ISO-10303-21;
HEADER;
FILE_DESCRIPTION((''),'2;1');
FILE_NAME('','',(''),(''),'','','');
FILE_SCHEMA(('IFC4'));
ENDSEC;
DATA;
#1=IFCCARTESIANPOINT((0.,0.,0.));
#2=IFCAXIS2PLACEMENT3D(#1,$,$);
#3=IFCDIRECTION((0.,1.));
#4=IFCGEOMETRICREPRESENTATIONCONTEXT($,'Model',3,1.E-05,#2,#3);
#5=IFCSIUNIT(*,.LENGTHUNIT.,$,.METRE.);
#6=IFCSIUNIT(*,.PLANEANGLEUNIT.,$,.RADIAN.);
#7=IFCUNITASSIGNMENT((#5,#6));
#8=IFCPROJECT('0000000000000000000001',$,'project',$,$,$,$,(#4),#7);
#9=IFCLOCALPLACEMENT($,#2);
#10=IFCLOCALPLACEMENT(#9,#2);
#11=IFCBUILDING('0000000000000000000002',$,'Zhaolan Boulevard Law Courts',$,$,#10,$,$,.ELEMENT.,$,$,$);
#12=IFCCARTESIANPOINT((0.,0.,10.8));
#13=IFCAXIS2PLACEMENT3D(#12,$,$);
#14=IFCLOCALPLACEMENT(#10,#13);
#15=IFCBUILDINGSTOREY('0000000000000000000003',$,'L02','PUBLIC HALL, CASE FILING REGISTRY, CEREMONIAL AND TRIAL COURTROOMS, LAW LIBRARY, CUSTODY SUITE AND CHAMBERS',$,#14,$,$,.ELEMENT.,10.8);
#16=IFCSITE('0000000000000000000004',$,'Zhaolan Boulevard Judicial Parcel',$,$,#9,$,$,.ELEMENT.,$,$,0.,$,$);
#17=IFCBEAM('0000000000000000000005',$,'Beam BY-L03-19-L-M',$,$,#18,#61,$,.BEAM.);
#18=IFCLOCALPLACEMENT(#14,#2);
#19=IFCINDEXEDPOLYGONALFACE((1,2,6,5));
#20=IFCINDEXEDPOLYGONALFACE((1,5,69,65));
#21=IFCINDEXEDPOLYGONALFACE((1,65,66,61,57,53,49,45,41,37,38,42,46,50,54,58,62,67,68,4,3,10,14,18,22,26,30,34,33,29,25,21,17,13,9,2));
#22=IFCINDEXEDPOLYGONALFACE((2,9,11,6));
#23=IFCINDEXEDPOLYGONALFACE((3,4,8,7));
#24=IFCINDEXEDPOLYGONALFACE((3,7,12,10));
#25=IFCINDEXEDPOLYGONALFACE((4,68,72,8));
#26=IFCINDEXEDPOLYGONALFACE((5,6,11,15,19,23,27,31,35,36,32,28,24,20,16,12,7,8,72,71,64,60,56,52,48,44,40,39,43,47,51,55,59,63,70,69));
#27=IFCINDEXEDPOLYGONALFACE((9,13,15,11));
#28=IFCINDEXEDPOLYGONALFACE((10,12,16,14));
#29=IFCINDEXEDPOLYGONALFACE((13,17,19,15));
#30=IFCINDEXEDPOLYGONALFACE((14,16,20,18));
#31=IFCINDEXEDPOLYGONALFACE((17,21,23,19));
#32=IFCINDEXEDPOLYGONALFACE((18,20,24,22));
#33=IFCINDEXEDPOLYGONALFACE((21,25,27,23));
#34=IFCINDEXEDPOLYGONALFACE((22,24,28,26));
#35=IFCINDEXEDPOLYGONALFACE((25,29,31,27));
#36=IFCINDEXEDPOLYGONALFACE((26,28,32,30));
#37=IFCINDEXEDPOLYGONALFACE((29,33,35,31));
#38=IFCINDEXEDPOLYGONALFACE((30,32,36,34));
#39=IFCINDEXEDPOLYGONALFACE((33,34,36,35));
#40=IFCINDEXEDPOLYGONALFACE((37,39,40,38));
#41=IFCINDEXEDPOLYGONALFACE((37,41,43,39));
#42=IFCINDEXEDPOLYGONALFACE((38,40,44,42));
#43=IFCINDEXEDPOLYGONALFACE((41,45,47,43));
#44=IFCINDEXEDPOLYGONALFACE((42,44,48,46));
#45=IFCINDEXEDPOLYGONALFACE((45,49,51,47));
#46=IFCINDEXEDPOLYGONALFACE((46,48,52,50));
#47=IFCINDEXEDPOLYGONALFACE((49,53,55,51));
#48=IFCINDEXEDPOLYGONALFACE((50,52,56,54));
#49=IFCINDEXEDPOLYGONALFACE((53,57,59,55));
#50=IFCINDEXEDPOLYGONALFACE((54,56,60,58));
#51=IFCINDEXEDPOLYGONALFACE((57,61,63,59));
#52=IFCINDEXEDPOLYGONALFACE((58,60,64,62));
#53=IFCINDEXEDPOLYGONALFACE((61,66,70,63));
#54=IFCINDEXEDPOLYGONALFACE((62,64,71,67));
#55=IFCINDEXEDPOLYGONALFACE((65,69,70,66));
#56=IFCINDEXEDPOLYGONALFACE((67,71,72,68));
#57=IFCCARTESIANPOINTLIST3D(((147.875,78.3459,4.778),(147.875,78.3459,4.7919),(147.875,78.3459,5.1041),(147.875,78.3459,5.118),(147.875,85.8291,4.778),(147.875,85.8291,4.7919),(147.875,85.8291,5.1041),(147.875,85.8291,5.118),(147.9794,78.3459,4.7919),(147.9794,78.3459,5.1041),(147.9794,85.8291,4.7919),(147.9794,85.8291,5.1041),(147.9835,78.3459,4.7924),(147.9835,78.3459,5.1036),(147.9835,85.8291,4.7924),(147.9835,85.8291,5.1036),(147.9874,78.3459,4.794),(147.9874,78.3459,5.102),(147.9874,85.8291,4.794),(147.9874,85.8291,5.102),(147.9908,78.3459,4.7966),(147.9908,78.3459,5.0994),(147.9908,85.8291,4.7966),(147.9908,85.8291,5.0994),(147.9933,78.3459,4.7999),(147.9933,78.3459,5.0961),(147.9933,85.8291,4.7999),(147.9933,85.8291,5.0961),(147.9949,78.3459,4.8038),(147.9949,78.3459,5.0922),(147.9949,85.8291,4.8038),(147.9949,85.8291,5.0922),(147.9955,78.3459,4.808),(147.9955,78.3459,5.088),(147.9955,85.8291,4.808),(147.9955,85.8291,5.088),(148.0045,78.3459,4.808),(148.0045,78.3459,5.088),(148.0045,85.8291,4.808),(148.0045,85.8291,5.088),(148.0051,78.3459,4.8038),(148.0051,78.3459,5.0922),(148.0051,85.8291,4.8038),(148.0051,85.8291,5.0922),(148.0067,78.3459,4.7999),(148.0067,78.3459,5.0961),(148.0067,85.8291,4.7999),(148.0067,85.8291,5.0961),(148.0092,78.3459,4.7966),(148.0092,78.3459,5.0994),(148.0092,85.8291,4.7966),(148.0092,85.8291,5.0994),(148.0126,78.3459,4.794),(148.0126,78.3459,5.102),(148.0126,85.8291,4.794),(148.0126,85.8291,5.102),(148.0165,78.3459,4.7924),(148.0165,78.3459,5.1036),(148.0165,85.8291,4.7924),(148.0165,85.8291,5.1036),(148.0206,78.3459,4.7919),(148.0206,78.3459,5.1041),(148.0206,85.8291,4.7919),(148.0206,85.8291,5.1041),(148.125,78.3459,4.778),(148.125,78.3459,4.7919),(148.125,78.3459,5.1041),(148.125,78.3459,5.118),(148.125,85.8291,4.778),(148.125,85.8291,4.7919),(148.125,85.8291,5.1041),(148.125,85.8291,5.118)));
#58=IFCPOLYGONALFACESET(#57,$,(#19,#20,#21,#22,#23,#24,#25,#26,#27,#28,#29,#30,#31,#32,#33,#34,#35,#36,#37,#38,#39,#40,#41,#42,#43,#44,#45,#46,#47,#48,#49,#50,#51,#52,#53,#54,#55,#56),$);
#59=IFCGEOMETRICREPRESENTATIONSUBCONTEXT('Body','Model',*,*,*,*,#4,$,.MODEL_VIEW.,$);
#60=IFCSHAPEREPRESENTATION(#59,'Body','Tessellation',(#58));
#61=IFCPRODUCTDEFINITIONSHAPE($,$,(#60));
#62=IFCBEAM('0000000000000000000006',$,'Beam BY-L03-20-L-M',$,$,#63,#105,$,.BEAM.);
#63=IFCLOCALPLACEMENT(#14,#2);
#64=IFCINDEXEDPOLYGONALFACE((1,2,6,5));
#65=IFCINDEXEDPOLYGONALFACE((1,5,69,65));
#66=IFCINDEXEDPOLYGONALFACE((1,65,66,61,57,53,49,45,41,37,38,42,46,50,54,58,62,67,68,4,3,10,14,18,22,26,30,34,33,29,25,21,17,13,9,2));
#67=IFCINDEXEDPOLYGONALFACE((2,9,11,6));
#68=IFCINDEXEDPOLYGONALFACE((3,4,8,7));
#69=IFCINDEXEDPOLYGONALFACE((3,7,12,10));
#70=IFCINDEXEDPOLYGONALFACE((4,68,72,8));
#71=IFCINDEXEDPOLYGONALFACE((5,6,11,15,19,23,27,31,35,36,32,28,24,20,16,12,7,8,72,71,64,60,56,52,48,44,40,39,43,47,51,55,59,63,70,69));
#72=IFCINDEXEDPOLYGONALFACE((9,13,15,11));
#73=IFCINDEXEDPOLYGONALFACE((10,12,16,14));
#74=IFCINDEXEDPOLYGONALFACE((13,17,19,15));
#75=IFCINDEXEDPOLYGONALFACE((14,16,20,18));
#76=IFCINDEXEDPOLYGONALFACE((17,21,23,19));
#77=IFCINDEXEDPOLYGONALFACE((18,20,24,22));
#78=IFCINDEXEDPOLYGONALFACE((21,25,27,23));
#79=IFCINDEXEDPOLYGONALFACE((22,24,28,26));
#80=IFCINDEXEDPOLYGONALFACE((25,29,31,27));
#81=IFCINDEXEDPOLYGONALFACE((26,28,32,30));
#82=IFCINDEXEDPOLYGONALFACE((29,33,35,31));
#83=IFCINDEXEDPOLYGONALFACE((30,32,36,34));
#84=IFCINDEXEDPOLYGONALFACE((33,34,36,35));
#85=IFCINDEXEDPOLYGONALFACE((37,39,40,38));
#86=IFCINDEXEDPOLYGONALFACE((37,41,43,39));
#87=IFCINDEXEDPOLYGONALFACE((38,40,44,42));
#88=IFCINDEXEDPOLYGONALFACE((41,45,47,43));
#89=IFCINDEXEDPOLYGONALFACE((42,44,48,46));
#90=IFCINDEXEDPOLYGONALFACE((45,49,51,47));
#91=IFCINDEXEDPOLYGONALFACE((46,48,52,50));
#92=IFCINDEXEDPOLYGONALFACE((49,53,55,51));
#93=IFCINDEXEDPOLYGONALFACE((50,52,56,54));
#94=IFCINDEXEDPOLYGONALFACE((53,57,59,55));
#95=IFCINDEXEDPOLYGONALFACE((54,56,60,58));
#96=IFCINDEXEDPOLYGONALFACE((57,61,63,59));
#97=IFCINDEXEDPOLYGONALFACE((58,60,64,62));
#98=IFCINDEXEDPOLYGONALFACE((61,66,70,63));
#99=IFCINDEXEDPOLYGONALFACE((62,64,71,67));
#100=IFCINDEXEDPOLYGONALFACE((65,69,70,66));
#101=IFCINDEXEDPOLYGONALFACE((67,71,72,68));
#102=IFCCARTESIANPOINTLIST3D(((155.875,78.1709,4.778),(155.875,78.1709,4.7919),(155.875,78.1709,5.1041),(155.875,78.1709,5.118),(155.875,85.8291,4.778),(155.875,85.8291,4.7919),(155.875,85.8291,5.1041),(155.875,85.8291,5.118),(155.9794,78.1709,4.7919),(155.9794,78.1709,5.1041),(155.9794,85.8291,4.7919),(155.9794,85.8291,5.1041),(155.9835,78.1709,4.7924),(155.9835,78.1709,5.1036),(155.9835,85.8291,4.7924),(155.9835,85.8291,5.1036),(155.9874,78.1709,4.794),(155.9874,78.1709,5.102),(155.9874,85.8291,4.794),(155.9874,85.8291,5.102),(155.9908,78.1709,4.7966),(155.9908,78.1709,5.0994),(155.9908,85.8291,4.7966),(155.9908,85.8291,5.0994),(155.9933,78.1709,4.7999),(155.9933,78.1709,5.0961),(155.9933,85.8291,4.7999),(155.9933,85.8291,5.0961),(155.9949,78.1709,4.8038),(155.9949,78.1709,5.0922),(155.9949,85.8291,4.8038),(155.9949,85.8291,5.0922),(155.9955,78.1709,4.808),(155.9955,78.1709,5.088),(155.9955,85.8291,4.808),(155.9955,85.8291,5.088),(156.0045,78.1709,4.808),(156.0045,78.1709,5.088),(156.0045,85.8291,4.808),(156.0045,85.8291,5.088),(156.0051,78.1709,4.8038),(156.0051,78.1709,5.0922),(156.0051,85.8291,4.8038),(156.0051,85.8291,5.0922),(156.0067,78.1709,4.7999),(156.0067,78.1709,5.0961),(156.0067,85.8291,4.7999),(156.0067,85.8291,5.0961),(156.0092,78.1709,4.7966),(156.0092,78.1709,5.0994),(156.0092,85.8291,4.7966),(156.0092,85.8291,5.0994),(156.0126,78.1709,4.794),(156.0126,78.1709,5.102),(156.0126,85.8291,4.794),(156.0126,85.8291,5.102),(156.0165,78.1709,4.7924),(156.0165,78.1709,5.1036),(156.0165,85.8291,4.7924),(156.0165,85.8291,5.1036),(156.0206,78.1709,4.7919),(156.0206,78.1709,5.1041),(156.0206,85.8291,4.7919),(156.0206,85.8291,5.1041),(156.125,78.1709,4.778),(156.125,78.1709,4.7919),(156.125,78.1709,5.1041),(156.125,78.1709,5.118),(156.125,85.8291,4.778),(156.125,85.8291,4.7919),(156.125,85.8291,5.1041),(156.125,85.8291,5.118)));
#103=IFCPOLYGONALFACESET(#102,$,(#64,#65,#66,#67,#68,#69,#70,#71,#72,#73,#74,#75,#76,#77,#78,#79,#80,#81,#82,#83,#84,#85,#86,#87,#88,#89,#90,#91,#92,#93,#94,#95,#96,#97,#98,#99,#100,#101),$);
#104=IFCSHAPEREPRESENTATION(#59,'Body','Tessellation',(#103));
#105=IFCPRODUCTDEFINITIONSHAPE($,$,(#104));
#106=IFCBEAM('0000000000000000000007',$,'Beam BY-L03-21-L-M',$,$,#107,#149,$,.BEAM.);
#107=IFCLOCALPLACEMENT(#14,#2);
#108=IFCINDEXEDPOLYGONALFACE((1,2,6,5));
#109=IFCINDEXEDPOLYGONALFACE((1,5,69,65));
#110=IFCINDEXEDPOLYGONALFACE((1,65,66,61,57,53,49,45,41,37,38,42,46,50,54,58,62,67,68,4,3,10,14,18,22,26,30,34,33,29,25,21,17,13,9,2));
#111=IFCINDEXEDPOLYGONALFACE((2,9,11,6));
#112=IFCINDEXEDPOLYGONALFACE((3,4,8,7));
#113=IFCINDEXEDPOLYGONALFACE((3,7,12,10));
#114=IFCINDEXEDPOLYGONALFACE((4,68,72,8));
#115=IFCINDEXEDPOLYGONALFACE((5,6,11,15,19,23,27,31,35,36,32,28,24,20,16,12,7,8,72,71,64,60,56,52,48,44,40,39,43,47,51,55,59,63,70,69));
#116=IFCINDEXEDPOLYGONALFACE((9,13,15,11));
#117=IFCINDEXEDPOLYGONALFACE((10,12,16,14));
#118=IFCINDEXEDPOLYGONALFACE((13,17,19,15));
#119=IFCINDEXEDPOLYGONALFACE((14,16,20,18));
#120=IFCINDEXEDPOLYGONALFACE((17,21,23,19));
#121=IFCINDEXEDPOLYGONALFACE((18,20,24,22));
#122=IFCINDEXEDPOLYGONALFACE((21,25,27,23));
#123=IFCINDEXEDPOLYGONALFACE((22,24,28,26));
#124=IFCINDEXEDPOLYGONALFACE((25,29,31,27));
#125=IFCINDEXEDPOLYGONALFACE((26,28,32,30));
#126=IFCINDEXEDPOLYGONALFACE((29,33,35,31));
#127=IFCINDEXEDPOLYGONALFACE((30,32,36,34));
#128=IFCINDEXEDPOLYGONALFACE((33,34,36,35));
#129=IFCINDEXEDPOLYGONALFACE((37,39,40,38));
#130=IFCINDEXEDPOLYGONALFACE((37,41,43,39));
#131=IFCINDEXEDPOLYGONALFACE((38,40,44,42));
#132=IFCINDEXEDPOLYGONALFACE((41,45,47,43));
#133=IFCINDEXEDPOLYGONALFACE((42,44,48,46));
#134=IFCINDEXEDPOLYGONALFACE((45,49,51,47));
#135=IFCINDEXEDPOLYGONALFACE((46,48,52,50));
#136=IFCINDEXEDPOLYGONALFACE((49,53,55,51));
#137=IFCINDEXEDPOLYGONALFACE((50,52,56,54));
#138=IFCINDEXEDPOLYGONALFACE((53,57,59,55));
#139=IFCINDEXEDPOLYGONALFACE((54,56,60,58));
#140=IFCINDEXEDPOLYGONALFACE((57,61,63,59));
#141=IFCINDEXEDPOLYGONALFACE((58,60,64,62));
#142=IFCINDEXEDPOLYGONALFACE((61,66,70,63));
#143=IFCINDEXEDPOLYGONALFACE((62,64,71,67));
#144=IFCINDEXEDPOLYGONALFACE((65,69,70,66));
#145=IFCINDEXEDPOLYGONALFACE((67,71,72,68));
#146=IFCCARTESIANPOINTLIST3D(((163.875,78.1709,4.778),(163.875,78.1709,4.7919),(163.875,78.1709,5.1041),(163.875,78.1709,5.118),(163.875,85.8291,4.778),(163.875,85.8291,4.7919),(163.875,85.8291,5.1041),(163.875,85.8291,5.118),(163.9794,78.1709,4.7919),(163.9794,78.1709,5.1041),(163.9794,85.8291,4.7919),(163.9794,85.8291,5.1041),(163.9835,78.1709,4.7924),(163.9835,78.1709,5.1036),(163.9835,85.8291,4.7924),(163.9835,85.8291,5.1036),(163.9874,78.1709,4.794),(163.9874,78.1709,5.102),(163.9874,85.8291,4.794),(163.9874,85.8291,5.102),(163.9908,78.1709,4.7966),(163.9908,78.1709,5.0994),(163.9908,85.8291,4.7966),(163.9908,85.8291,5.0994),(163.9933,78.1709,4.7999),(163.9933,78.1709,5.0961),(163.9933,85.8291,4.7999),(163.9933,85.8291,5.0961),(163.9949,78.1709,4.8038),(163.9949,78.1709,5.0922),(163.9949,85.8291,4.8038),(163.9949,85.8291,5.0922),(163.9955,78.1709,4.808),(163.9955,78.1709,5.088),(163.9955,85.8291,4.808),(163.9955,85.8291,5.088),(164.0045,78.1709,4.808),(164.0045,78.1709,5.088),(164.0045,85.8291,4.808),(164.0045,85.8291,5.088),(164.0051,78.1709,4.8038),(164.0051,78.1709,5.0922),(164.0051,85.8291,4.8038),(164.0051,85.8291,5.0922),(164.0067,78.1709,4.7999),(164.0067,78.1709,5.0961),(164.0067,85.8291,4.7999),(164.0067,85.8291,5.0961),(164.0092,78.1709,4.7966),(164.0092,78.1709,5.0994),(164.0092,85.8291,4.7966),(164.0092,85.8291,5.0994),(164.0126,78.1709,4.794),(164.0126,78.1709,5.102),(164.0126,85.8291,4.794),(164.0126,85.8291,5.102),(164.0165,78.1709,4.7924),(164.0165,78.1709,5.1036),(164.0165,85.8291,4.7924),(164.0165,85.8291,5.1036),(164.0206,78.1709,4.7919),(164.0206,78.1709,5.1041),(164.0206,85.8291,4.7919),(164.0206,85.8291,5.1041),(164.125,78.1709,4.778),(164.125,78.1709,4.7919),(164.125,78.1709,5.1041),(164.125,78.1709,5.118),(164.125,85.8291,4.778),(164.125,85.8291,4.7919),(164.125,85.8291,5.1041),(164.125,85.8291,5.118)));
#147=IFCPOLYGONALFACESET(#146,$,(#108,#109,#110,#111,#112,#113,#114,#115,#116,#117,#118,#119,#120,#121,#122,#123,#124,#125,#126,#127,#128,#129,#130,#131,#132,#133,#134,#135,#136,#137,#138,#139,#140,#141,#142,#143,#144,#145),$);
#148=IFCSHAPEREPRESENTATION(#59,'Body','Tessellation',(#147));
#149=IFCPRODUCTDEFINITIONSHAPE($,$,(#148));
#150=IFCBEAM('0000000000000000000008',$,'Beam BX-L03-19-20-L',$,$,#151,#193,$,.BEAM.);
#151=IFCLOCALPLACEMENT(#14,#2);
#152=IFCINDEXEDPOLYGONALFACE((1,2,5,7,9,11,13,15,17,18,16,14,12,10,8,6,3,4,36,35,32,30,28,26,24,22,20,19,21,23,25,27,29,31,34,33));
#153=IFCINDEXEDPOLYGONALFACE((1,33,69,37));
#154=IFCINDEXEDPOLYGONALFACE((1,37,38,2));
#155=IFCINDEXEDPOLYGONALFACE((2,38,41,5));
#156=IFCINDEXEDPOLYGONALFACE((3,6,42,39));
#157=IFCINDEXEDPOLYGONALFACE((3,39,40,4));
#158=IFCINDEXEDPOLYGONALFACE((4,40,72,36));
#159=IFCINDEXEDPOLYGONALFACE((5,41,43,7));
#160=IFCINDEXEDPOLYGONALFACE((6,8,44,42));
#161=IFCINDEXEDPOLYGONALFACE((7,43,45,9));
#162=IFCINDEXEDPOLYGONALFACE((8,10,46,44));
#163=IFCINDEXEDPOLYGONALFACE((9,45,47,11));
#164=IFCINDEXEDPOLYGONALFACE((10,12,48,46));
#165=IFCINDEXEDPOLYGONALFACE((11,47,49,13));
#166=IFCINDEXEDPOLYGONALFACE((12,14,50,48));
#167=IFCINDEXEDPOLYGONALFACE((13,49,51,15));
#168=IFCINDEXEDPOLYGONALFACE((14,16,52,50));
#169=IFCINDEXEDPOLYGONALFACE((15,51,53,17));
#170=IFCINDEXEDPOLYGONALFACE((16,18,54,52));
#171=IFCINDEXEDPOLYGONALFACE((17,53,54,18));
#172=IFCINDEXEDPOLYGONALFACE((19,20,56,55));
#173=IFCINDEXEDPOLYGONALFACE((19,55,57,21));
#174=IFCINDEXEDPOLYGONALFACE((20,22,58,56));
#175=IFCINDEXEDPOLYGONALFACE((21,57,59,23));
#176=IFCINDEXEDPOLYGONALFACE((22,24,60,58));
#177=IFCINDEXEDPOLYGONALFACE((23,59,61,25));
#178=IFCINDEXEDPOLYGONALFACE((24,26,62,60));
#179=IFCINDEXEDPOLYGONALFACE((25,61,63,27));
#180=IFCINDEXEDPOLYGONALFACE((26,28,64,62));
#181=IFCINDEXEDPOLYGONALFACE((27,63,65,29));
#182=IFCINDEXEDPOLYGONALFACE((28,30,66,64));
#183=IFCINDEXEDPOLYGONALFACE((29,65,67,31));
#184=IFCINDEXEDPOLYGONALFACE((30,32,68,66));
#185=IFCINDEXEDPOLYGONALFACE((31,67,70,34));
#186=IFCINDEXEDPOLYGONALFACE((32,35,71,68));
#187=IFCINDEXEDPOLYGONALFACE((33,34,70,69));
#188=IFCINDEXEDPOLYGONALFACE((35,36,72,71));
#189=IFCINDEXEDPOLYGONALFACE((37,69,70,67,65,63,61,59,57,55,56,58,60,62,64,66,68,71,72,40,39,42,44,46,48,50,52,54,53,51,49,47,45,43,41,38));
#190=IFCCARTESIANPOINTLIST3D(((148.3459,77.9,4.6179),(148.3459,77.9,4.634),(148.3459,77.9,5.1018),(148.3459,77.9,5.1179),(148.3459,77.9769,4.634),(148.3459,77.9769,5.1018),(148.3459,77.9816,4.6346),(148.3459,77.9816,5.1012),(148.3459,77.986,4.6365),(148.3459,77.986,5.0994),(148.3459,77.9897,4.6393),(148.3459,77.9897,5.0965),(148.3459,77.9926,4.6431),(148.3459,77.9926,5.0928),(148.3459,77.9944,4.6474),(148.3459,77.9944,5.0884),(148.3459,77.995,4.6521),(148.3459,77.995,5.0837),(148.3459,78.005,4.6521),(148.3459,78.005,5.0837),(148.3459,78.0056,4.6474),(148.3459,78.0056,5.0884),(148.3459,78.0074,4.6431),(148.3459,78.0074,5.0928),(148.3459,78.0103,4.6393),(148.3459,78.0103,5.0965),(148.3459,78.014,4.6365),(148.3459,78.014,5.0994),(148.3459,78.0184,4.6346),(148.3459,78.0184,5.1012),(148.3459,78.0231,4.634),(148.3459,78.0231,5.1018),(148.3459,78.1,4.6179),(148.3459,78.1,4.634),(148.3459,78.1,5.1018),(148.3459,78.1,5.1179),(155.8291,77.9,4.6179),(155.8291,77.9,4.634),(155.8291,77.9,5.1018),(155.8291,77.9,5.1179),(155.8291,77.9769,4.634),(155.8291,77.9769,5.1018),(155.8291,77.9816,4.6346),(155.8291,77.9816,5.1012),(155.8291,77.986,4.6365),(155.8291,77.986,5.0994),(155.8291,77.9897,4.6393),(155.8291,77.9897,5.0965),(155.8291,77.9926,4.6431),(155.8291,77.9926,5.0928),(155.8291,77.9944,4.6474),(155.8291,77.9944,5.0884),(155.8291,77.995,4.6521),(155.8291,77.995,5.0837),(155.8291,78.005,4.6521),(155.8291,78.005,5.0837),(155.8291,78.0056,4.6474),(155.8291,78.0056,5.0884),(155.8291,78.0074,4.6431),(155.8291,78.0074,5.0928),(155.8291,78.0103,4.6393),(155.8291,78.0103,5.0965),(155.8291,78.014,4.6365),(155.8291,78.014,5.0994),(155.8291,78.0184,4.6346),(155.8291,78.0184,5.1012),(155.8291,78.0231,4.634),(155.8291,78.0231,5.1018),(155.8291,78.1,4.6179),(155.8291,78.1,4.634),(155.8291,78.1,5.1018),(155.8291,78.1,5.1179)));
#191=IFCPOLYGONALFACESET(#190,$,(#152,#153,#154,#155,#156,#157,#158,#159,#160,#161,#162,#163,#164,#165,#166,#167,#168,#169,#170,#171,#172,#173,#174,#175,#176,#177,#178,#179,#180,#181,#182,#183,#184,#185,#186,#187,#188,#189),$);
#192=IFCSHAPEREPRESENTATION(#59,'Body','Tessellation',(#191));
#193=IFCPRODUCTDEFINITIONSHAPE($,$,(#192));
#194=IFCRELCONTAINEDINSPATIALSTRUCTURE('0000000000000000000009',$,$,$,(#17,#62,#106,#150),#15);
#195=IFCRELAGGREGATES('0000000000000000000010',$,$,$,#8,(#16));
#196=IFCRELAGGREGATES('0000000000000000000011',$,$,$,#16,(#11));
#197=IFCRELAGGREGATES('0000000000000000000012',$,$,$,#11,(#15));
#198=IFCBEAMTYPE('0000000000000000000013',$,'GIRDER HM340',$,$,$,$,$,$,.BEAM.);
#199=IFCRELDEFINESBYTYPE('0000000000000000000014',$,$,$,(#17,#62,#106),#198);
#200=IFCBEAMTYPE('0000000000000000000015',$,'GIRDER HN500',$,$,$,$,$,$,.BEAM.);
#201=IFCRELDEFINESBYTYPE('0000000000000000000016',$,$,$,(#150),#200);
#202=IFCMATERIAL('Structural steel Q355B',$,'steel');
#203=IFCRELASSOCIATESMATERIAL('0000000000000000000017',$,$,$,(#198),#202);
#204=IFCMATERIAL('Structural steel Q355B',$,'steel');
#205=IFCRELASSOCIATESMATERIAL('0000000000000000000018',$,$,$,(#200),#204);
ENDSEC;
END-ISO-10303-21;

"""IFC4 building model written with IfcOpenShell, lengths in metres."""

from ifc_helpers import new_model, si_unit, direction, frame, origin, origin_2d, place, context, subcontext, project, spatial, i_section, extrude, material, material_profile, profile_set, type_object, element, save


model = new_model("IFC4")

# Units and contexts
model_context = context("Model", 3, precision=1e-05, world=origin(), true_north=direction((0.0, 1.0)))
body_context = subcontext(model_context, "Body", "Model", "MODEL_VIEW")
ifc_project = project(units=[si_unit("LENGTHUNIT", "METRE"), si_unit("PLANEANGLEUNIT", "RADIAN")], contexts=[model_context])

# Site, building, storey
site_placement = place(None, origin())
site = spatial("IfcSite", under=ifc_project, at=site_placement, Name="Zhaolan Boulevard Judicial Parcel", CompositionType="ELEMENT", RefElevation=0.0)
building_placement = place(site_placement, origin())
building = spatial("IfcBuilding", under=site, at=building_placement, Name="Zhaolan Boulevard Law Courts", CompositionType="ELEMENT")
storey_placement = place(building_placement, frame((0.0, 0.0, 10.8)))
storey = spatial("IfcBuildingStorey", under=building, at=storey_placement, Name="L02", Description="PUBLIC HALL, CASE FILING REGISTRY, CEREMONIAL AND TRIAL COURTROOMS, LAW LIBRARY, CUSTODY SUITE AND CHAMBERS", CompositionType="ELEMENT", Elevation=10.8)

# Beams
ifc_material_1 = material(Name="Structural steel Q355B", Category="steel")
ifc_material_profile_1 = material_profile(ifc_material_1, i_section(OverallWidth=0.25, OverallDepth=0.3401, WebThickness=0.009, FlangeThickness=0.0139, FilletRadius=0.0161, at=origin_2d()), Name="HM340x250")
ifc_profile_set_1 = profile_set([ifc_material_profile_1], Name="Structural steel Q355B")
beam_type_1 = type_object("IfcBeamType", Name="GIRDER HM340", PredefinedType="BEAM", material=ifc_profile_set_1)
beam_1_placement = place(storey_placement, frame((148.0, 78.3459, 4.948), z_axis=(0.0, 1.0, 0.0), x_axis=(-1.0, 0.0, 0.0)))
element("IfcBeam", 1, at=beam_1_placement, inside=storey, type_object=beam_type_1, Name="Beam BY-L03-19-L-M", PredefinedType="BEAM", context=body_context, shape_type="SweptSolid", body=[
    extrude(i_section(OverallWidth=0.25, OverallDepth=0.3401, WebThickness=0.009, FlangeThickness=0.0139, FilletRadius=0.0161, at=origin_2d()), origin(), (0.0, 0.0, 1.0), 7.4832),
])
for number, where, z_axis, x_axis, name in (
    (2, (156.0, 78.1709, 4.948), (0.0, 1.0, 0.0), (-1.0, 0.0, 0.0), "Beam BY-L03-20-L-M"),
    (3, (164.0, 78.1709, 4.948), (0.0, 1.0, 0.0), (-1.0, 0.0, 0.0), "Beam BY-L03-21-L-M"),
):
    element("IfcBeam", number, at=place(storey_placement, frame(where, z_axis=z_axis, x_axis=x_axis)), inside=storey, type_object=beam_type_1, Name=name, PredefinedType="BEAM", context=body_context, shape_type="SweptSolid", body=[
        extrude(i_section(OverallWidth=0.25, OverallDepth=0.3401, WebThickness=0.009, FlangeThickness=0.0139, FilletRadius=0.0161, at=origin_2d()), origin(), (0.0, 0.0, 1.0), 7.6582),
    ])
ifc_material_2 = material(Name="Structural steel Q355B", Category="steel")
ifc_material_profile_2 = material_profile(ifc_material_2, i_section(OverallWidth=0.2, OverallDepth=0.5, WebThickness=0.01, FlangeThickness=0.0161, FilletRadius=0.0181, at=origin_2d()), Name="HN500x200")
ifc_profile_set_2 = profile_set([ifc_material_profile_2], Name="Structural steel Q355B")
beam_type_2 = type_object("IfcBeamType", Name="GIRDER HN500", PredefinedType="BEAM", material=ifc_profile_set_2)
beam_2_placement = place(storey_placement, frame((148.3459, 78.0, 4.8679), z_axis=(1.0, 0.0, 0.0), x_axis=(0.0, 1.0, 0.0)))
element("IfcBeam", 4, at=beam_2_placement, inside=storey, type_object=beam_type_2, Name="Beam BX-L03-19-20-L", PredefinedType="BEAM", context=body_context, shape_type="SweptSolid", body=[
    extrude(i_section(OverallWidth=0.2, OverallDepth=0.5, WebThickness=0.01, FlangeThickness=0.0161, FilletRadius=0.0181, at=origin_2d()), origin(), (0.0, 0.0, 1.0), 7.4832),
])

save(model, "model.ifc")
